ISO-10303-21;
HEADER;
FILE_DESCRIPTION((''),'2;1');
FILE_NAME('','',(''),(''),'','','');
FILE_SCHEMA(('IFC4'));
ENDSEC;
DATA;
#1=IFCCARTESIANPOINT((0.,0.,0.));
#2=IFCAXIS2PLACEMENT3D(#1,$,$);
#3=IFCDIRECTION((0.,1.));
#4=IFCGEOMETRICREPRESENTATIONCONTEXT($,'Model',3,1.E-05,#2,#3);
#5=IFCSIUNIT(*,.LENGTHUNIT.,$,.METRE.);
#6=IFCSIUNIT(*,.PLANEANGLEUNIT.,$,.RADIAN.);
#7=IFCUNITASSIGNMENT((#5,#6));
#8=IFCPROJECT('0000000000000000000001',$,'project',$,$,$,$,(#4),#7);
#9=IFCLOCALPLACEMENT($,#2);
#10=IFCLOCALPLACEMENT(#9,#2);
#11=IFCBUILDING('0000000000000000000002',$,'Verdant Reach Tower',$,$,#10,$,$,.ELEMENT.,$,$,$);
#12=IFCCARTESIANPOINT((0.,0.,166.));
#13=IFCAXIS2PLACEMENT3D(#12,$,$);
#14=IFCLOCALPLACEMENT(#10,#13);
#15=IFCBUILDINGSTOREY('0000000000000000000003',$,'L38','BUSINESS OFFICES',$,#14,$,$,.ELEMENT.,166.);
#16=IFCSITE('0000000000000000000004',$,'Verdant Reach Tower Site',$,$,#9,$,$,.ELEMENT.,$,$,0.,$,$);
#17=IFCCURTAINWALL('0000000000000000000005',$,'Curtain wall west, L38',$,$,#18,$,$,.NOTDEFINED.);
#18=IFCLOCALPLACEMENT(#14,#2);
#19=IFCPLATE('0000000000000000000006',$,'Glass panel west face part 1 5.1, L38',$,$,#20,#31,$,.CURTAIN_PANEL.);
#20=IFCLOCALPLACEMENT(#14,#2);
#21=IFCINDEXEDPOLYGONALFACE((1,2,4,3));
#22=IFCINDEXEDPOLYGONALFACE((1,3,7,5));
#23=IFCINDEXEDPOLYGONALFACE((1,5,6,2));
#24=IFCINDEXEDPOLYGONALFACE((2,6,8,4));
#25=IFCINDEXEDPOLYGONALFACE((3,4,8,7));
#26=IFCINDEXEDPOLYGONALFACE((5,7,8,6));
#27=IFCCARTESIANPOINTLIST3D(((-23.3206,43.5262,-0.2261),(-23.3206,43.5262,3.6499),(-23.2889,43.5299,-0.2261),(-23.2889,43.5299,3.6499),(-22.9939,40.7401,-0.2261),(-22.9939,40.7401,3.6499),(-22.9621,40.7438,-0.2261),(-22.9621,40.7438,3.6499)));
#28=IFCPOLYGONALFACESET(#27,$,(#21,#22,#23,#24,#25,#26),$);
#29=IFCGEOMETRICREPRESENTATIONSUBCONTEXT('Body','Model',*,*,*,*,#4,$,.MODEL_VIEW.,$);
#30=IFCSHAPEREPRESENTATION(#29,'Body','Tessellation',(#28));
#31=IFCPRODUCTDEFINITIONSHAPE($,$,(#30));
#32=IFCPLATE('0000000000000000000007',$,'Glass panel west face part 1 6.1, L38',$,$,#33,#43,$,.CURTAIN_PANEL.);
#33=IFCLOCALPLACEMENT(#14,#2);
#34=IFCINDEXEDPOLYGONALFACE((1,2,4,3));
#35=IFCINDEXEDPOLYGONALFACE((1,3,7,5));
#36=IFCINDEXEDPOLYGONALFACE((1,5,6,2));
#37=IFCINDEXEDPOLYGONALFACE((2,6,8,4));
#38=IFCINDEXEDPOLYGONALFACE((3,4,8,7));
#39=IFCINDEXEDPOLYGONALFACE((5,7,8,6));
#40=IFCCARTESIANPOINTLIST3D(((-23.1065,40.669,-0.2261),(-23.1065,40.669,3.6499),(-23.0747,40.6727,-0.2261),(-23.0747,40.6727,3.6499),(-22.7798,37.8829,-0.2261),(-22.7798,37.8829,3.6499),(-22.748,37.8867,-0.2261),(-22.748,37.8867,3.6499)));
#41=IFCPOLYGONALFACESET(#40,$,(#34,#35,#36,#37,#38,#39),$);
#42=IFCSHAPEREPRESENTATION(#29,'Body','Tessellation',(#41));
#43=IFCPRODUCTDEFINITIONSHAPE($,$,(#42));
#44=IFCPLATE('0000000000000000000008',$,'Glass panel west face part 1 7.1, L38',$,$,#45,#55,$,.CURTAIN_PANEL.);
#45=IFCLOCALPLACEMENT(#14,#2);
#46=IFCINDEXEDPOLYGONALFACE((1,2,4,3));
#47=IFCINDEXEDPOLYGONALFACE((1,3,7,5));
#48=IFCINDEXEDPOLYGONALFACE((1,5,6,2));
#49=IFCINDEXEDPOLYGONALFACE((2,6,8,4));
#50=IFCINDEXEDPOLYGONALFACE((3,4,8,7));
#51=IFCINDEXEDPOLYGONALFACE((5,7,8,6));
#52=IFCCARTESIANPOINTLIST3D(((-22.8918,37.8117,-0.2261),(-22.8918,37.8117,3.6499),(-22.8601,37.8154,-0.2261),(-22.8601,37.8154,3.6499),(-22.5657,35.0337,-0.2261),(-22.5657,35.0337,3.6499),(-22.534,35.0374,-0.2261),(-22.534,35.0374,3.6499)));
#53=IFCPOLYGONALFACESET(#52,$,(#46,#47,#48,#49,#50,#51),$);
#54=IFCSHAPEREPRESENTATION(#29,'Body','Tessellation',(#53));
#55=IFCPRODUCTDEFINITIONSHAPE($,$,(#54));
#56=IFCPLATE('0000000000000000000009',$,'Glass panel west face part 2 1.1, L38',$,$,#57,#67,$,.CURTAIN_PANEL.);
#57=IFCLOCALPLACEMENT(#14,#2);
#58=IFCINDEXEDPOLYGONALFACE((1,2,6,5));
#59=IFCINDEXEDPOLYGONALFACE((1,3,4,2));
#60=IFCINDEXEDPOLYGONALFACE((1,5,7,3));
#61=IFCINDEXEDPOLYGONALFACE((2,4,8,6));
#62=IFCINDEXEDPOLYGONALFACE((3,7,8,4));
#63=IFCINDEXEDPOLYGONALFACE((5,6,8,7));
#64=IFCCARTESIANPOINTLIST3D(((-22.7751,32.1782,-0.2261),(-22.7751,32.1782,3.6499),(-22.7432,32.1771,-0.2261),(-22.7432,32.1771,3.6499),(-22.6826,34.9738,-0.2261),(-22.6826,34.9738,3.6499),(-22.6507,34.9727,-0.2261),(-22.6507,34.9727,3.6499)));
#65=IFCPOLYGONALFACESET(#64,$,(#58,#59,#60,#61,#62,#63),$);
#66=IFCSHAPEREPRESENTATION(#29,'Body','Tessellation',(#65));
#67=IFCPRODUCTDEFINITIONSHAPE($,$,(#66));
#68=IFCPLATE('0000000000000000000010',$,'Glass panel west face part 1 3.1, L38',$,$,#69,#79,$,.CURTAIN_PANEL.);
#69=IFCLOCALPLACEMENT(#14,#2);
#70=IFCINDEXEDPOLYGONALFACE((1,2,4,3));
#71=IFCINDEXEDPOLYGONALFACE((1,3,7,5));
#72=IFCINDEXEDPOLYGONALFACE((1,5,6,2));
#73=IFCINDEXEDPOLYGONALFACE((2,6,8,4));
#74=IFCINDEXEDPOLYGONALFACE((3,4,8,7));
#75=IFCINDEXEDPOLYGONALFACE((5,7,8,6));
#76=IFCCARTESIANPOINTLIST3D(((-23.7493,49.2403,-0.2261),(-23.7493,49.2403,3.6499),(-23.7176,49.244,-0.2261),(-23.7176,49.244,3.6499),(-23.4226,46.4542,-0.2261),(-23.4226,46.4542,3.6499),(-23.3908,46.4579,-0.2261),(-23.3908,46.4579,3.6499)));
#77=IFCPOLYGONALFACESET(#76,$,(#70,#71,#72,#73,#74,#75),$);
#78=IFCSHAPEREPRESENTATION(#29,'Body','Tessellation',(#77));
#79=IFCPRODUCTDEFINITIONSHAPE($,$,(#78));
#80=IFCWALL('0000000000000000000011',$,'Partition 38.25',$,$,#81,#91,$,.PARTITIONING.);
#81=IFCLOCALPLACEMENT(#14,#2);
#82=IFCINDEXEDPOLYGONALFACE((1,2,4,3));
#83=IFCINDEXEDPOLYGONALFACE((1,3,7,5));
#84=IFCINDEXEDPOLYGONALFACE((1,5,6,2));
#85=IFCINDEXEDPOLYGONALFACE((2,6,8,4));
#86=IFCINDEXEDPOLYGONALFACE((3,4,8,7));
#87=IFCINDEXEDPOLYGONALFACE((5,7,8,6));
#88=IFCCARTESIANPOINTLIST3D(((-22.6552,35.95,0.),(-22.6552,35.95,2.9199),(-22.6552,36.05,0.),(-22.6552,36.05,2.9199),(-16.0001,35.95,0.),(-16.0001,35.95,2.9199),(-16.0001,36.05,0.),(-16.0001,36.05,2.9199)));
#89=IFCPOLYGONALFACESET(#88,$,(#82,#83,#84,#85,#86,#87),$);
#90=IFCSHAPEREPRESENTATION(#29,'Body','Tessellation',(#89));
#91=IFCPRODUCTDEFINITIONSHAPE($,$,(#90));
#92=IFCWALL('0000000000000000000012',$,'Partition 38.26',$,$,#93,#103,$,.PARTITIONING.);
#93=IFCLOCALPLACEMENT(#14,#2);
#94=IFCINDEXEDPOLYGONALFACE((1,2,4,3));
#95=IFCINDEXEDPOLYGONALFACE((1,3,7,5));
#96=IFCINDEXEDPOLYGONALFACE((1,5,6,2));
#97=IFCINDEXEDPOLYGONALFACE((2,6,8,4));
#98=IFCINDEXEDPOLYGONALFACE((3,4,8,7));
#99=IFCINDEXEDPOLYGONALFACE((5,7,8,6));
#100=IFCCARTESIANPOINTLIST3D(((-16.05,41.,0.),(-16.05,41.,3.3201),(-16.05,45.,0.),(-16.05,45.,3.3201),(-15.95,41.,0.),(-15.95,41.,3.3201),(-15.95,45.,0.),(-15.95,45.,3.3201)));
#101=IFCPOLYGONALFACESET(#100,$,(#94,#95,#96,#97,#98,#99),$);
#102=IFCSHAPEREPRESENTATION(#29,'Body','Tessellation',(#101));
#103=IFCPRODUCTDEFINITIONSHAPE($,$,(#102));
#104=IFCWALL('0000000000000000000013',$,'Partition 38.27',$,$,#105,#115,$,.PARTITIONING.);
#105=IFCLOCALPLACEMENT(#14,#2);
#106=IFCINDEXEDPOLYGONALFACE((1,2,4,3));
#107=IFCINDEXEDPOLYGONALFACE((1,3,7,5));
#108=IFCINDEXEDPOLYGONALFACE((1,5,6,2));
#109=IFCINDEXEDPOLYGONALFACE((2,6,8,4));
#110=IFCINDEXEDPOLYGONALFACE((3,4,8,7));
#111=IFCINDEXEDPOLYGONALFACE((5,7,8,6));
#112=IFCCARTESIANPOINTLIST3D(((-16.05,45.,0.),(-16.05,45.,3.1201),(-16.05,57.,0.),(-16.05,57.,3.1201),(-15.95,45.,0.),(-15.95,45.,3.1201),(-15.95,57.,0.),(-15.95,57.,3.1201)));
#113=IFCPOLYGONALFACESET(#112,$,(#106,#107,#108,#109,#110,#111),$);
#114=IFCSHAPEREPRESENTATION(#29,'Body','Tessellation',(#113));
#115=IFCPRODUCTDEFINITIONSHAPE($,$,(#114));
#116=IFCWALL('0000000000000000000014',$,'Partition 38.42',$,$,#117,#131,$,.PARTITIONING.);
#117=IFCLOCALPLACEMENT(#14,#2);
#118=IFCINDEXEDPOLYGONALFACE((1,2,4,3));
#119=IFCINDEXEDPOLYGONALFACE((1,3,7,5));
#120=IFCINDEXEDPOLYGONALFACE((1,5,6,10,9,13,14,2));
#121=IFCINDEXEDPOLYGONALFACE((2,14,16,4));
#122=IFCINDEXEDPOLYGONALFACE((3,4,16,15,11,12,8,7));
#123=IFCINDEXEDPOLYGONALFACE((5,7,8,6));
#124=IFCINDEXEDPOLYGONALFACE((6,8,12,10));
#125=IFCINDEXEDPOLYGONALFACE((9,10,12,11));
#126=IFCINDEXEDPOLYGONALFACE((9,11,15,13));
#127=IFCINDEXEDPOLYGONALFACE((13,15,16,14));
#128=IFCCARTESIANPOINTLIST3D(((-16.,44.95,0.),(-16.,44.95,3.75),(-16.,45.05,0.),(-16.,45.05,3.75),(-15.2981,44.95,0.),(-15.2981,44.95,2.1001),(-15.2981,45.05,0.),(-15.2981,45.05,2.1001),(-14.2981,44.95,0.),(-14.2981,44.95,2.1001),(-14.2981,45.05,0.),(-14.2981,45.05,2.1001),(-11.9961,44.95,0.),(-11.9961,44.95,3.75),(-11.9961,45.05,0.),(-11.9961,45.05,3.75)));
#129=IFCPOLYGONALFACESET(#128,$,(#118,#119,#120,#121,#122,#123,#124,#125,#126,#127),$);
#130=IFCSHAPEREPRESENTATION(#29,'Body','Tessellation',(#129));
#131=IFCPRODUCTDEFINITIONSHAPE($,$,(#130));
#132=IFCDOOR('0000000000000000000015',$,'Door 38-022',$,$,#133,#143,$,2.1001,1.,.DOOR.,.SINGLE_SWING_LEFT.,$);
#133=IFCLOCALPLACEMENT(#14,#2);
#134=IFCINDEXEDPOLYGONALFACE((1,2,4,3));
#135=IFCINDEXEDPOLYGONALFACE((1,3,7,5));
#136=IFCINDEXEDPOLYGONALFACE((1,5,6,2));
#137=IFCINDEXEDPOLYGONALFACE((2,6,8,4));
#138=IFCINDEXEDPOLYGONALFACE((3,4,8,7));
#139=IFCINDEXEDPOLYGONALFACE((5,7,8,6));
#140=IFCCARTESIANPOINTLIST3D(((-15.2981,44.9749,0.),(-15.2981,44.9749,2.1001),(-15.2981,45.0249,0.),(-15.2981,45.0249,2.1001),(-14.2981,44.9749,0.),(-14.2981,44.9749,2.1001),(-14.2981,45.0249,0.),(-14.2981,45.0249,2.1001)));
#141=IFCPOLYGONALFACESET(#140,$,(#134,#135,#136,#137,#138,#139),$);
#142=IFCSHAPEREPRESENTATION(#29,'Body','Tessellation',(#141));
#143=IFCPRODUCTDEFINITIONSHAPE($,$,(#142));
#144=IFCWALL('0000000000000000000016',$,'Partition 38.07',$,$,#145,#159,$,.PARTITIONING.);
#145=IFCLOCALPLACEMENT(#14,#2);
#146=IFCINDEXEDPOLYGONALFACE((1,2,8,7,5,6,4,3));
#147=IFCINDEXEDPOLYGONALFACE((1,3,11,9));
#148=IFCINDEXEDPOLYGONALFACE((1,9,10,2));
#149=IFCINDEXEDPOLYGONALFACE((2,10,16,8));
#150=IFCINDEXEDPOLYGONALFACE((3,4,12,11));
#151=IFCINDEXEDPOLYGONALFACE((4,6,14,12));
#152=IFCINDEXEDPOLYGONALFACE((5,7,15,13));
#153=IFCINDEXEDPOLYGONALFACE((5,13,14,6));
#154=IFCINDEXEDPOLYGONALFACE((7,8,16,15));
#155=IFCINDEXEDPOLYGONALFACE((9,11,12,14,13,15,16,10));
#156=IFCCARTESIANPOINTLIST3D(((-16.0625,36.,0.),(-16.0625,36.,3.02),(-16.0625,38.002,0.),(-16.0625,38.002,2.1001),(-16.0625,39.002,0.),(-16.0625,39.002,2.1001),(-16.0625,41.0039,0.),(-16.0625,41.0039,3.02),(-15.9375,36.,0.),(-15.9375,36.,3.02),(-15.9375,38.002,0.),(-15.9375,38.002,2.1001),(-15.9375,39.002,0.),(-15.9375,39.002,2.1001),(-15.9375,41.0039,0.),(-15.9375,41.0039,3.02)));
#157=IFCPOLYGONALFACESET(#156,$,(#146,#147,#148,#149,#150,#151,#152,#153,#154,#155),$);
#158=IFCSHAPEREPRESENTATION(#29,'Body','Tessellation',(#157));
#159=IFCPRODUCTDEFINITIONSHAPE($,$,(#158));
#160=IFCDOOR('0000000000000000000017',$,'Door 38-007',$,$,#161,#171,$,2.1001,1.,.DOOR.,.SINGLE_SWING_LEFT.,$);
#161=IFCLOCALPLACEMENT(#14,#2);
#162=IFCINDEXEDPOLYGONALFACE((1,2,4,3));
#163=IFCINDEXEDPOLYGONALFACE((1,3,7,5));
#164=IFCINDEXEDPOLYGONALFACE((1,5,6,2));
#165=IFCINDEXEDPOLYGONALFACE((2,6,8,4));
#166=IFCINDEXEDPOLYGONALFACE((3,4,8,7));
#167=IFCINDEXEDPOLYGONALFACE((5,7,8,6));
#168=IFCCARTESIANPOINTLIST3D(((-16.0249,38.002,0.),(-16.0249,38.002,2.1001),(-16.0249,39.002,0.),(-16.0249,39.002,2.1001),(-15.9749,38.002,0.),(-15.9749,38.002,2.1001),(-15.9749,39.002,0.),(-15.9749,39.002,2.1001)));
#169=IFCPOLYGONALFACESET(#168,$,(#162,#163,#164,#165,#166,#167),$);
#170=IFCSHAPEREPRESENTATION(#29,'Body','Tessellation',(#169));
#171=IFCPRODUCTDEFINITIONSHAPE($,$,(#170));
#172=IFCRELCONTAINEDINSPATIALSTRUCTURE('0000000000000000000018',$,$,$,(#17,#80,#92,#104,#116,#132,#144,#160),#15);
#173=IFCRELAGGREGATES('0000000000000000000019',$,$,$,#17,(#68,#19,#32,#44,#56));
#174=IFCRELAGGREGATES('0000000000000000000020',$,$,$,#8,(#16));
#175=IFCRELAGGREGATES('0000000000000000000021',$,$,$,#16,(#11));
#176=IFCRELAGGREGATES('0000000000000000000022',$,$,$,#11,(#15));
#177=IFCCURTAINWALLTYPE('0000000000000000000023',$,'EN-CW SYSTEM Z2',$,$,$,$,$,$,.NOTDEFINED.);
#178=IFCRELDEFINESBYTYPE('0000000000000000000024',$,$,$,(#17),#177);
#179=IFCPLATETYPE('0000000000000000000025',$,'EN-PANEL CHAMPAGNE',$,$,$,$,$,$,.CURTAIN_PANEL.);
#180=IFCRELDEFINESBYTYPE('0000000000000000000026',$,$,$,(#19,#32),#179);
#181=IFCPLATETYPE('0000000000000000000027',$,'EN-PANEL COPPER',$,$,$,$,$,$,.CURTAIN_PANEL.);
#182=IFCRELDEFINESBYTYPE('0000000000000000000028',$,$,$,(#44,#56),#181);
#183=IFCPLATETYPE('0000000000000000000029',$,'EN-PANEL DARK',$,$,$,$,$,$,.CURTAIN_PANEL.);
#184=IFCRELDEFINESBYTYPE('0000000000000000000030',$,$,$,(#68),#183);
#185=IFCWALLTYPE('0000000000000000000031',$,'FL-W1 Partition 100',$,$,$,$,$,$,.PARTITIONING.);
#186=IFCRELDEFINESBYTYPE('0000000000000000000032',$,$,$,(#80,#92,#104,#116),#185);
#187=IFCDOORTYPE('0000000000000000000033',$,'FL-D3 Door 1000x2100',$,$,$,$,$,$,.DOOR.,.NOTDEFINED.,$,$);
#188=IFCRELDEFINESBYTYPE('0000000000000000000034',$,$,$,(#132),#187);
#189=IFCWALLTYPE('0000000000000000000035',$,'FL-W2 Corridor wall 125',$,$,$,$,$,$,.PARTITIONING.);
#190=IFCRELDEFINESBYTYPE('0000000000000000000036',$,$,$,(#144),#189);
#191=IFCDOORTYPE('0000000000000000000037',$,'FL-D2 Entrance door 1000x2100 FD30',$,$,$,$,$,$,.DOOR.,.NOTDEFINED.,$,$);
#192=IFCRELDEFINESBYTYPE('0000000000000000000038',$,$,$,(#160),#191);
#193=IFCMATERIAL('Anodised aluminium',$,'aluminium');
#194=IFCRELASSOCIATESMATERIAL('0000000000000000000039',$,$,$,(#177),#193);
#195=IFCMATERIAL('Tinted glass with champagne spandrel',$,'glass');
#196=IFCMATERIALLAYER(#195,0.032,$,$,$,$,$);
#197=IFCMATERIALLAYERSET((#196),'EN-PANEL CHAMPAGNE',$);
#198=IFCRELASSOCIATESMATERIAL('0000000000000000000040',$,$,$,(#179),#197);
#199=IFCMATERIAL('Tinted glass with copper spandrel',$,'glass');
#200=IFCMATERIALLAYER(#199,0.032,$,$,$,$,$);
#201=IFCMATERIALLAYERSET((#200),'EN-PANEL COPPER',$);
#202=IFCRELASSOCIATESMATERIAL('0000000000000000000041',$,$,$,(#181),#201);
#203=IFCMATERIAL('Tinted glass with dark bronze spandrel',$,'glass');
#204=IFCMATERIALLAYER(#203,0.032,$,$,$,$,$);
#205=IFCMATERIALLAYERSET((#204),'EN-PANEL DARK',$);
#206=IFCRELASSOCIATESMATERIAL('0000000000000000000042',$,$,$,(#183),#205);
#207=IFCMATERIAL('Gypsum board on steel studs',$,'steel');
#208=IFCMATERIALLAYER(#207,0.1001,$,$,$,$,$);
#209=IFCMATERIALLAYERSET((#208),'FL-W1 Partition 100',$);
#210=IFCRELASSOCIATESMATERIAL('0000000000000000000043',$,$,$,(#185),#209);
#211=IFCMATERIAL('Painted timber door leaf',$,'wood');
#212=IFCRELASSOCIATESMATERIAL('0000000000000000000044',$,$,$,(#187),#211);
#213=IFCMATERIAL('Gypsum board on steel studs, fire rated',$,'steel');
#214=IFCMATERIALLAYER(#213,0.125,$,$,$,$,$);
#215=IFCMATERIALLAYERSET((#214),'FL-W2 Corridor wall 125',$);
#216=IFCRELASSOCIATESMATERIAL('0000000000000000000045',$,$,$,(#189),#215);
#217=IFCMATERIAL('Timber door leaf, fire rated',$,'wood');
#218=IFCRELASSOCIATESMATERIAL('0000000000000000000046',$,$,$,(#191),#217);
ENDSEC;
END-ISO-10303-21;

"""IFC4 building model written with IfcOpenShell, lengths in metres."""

from ifc_helpers import new_model, si_unit, direction, frame, frame_2d, origin, origin_2d, place, context, subcontext, project, spatial, rectangle, extrude, material, layer, layer_set, type_object, element, fill, aggregate, save


model = new_model("IFC4")

# Units and contexts
model_context = context("Model", 3, precision=1e-05, world=origin(), true_north=direction((0.0, 1.0)))
body_context = subcontext(model_context, "Body", "Model", "MODEL_VIEW")
ifc_project = project(units=[si_unit("LENGTHUNIT", "METRE"), si_unit("PLANEANGLEUNIT", "RADIAN")], contexts=[model_context])

# Site, building, storey
site_placement = place(None, origin())
site = spatial("IfcSite", under=ifc_project, at=site_placement, Name="Verdant Reach Tower Site", CompositionType="ELEMENT", RefElevation=0.0)
building_placement = place(site_placement, origin())
building = spatial("IfcBuilding", under=site, at=building_placement, Name="Verdant Reach Tower", CompositionType="ELEMENT")
storey_placement = place(building_placement, frame((0.0, 0.0, 166.0)))
storey = spatial("IfcBuildingStorey", under=building, at=storey_placement, Name="L38", Description="BUSINESS OFFICES", CompositionType="ELEMENT", Elevation=166.0)

# Curtain wall
ifc_material_1 = material(Name="Anodised aluminium", Category="aluminium")
curtain_wall_type = type_object("IfcCurtainWallType", Name="EN-CW SYSTEM Z2", PredefinedType="NOTDEFINED", material=ifc_material_1)
curtain_wall_placement = place(storey_placement, origin())
curtain_wall = element("IfcCurtainWall", 1, at=curtain_wall_placement, inside=storey, type_object=curtain_wall_type, Name="Curtain wall west, L38", PredefinedType="NOTDEFINED")

# Plates
ifc_material_2 = material(Name="Tinted glass with champagne spandrel", Category="glass")
ifc_layer_1 = layer(ifc_material_2, 0.032)
ifc_layer_set_1 = layer_set([ifc_layer_1], Name="EN-PANEL CHAMPAGNE")
plate_type_1 = type_object("IfcPlateType", Name="EN-PANEL CHAMPAGNE", PredefinedType="CURTAIN_PANEL", material=ifc_layer_set_1)
plate_1_placement = place(storey_placement, frame((-23.1414, 42.135, -0.2261), z_axis=(0.0, 0.0, 1.0), x_axis=(0.116483, -0.993193, 0.0)))
plate_1 = element("IfcPlate", 2, at=plate_1_placement, type_object=plate_type_1, Name="Glass panel west face part 1 5.1, L38", PredefinedType="CURTAIN_PANEL", context=body_context, shape_type="SweptSolid", body=[
    extrude(rectangle(XDim=2.8052, YDim=0.032, at=origin_2d()), origin(), (0.0, 0.0, 1.0), 3.876),
])
plate_2_placement = place(storey_placement, frame((-22.9272, 39.2778, -0.2261), z_axis=(0.0, 0.0, 1.0), x_axis=(0.116483, -0.993193, 0.0)))
plate_2 = element("IfcPlate", 3, at=plate_2_placement, type_object=plate_type_1, Name="Glass panel west face part 1 6.1, L38", PredefinedType="CURTAIN_PANEL", context=body_context, shape_type="SweptSolid", body=[
    extrude(rectangle(XDim=2.8052, YDim=0.032, at=origin_2d()), origin(), (0.0, 0.0, 1.0), 3.876),
])
ifc_material_3 = material(Name="Tinted glass with copper spandrel", Category="glass")
ifc_layer_2 = layer(ifc_material_3, 0.032)
ifc_layer_set_2 = layer_set([ifc_layer_2], Name="EN-PANEL COPPER")
plate_type_2 = type_object("IfcPlateType", Name="EN-PANEL COPPER", PredefinedType="CURTAIN_PANEL", material=ifc_layer_set_2)
plate_3_placement = place(storey_placement, frame((-22.7129, 36.4246, -0.2261), z_axis=(0.0, 0.0, 1.0), x_axis=(0.116586, -0.993181, 0.0)))
plate_3 = element("IfcPlate", 4, at=plate_3_placement, type_object=plate_type_2, Name="Glass panel west face part 1 7.1, L38", PredefinedType="CURTAIN_PANEL", context=body_context, shape_type="SweptSolid", body=[
    extrude(rectangle(XDim=2.7971, YDim=0.032, at=origin_2d()), origin(), (0.0, 0.0, 1.0), 3.876),
])
plate_4_placement = place(storey_placement, frame((-22.7129, 33.5754, -0.2261), z_axis=(0.0, 0.0, 1.0), x_axis=(-0.03307, -0.999453, 0.0)))
plate_4 = element("IfcPlate", 5, at=plate_4_placement, type_object=plate_type_2, Name="Glass panel west face part 2 1.1, L38", PredefinedType="CURTAIN_PANEL", context=body_context, shape_type="SweptSolid", body=[
    extrude(rectangle(XDim=2.7971, YDim=0.032, at=origin_2d()), origin(), (0.0, 0.0, 1.0), 3.876),
])
ifc_material_4 = material(Name="Tinted glass with dark bronze spandrel", Category="glass")
ifc_layer_3 = layer(ifc_material_4, 0.032)
ifc_layer_set_3 = layer_set([ifc_layer_3], Name="EN-PANEL DARK")
plate_type_3 = type_object("IfcPlateType", Name="EN-PANEL DARK", PredefinedType="CURTAIN_PANEL", material=ifc_layer_set_3)
plate_5_placement = place(storey_placement, frame((-23.5701, 47.8491, -0.2261), z_axis=(0.0, 0.0, 1.0), x_axis=(0.116483, -0.993193, 0.0)))
plate_5 = element("IfcPlate", 6, at=plate_5_placement, type_object=plate_type_3, Name="Glass panel west face part 1 3.1, L38", PredefinedType="CURTAIN_PANEL", context=body_context, shape_type="SweptSolid", body=[
    extrude(rectangle(XDim=2.8052, YDim=0.032, at=origin_2d()), origin(), (0.0, 0.0, 1.0), 3.876),
])
aggregate(curtain_wall, [plate_5, plate_1, plate_2, plate_3, plate_4])

# Walls
ifc_material_5 = material(Name="Gypsum board on steel studs", Category="steel")
ifc_layer_4 = layer(ifc_material_5, 0.1001)
ifc_layer_set_4 = layer_set([ifc_layer_4], Name="FL-W1 Partition 100")
wall_type_1 = type_object("IfcWallType", Name="FL-W1 Partition 100", PredefinedType="PARTITIONING", material=ifc_layer_set_4)
wall_1_placement = place(storey_placement, frame((-16.0, 36.0, 0.0), z_axis=(0.0, 0.0, 1.0), x_axis=(-1.0, 0.0, 0.0)))
element("IfcWall", 7, at=wall_1_placement, inside=storey, type_object=wall_type_1, Name="Partition 38.25", PredefinedType="PARTITIONING", context=body_context, shape_type="SweptSolid", body=[
    extrude(rectangle(XDim=6.655, YDim=0.1001, at=frame_2d((3.3276, 0.0))), origin(), (0.0, 0.0, 1.0), 2.9199),
])
wall_2_placement = place(storey_placement, frame((-16.0, 41.0, 0.0), z_axis=(0.0, 0.0, 1.0), x_axis=(0.0, 1.0, 0.0)))
element("IfcWall", 8, at=wall_2_placement, inside=storey, type_object=wall_type_1, Name="Partition 38.26", PredefinedType="PARTITIONING", context=body_context, shape_type="SweptSolid", body=[
    extrude(rectangle(XDim=4.0, YDim=0.1001, at=frame_2d((2.0, 0.0))), origin(), (0.0, 0.0, 1.0), 3.3201),
])
wall_3_placement = place(storey_placement, frame((-16.0, 45.0, 0.0), z_axis=(0.0, 0.0, 1.0), x_axis=(0.0, 1.0, 0.0)))
element("IfcWall", 9, at=wall_3_placement, inside=storey, type_object=wall_type_1, Name="Partition 38.27", PredefinedType="PARTITIONING", context=body_context, shape_type="SweptSolid", body=[
    extrude(rectangle(XDim=12.0, YDim=0.1001, at=frame_2d((6.0, 0.0))), origin(), (0.0, 0.0, 1.0), 3.1201),
])

# Walls, openings, doors
wall_4_placement = place(storey_placement, frame((-16.0, 45.0, 0.0), z_axis=(0.0, 0.0, 1.0), x_axis=(1.0, 0.0, 0.0)))
wall_4 = element("IfcWall", 10, at=wall_4_placement, inside=storey, type_object=wall_type_1, Name="Partition 38.42", PredefinedType="PARTITIONING", context=body_context, shape_type="SweptSolid", body=[
    extrude(rectangle(XDim=4.0039, YDim=0.1001, at=frame_2d((2.002, 0.0))), origin(), (0.0, 0.0, 1.0), 3.75),
])
opening_1_placement = place(wall_4_placement, frame((0.7019, 0.0, 0.0)))
opening_1 = element("IfcOpeningElement", 11, at=opening_1_placement, cuts=wall_4, PredefinedType="OPENING", context=body_context, shape_type="SweptSolid", body=[
    extrude(rectangle(XDim=1.0, YDim=2.1001, at=frame_2d((0.5, 1.05))), frame((0.0, 0.0601, 0.0), z_axis=(0.0, -1.0, 0.0), x_axis=(1.0, 0.0, 0.0)), (0.0, 0.0, 1.0), 0.1201),
])
ifc_material_6 = material(Name="Painted timber door leaf", Category="wood")
door_type_1 = type_object("IfcDoorType", Name="FL-D3 Door 1000x2100", OperationType="NOTDEFINED", PredefinedType="DOOR", material=ifc_material_6)
door_1_placement = place(opening_1_placement, origin())
door_1 = element("IfcDoor", 12, at=door_1_placement, inside=storey, type_object=door_type_1, Name="Door 38-022", OperationType="SINGLE_SWING_LEFT", OverallHeight=2.1001, OverallWidth=1.0, PredefinedType="DOOR", context=body_context, shape_type="SweptSolid", body=[
    extrude(rectangle(XDim=1.0, YDim=2.1001, at=frame_2d((0.5, 1.05))), frame((0.0, 0.0249, 0.0), z_axis=(0.0, -1.0, 0.0), x_axis=(1.0, 0.0, 0.0)), (0.0, 0.0, 1.0), 0.05),
])
fill(opening_1, door_1)
ifc_material_7 = material(Name="Gypsum board on steel studs, fire rated", Category="steel")
ifc_layer_5 = layer(ifc_material_7, 0.125)
ifc_layer_set_5 = layer_set([ifc_layer_5], Name="FL-W2 Corridor wall 125")
wall_type_2 = type_object("IfcWallType", Name="FL-W2 Corridor wall 125", PredefinedType="PARTITIONING", material=ifc_layer_set_5)
wall_5_placement = place(storey_placement, frame((-16.0, 36.0, 0.0), z_axis=(0.0, 0.0, 1.0), x_axis=(0.0, 1.0, 0.0)))
wall_5 = element("IfcWall", 13, at=wall_5_placement, inside=storey, type_object=wall_type_2, Name="Partition 38.07", PredefinedType="PARTITIONING", context=body_context, shape_type="SweptSolid", body=[
    extrude(rectangle(XDim=5.0039, YDim=0.125, at=frame_2d((2.502, 0.0))), origin(), (0.0, 0.0, 1.0), 3.02),
])
opening_2_placement = place(wall_5_placement, frame((2.002, 0.0, 0.0)))
opening_2 = element("IfcOpeningElement", 14, at=opening_2_placement, cuts=wall_5, PredefinedType="OPENING", context=body_context, shape_type="SweptSolid", body=[
    extrude(rectangle(XDim=1.0, YDim=2.1001, at=frame_2d((0.5, 1.05))), frame((0.0, 0.0725, 0.0), z_axis=(0.0, -1.0, 0.0), x_axis=(1.0, 0.0, 0.0)), (0.0, 0.0, 1.0), 0.145),
])
ifc_material_8 = material(Name="Timber door leaf, fire rated", Category="wood")
door_type_2 = type_object("IfcDoorType", Name="FL-D2 Entrance door 1000x2100 FD30", OperationType="NOTDEFINED", PredefinedType="DOOR", material=ifc_material_8)
door_2_placement = place(opening_2_placement, origin())
door_2 = element("IfcDoor", 15, at=door_2_placement, inside=storey, type_object=door_type_2, Name="Door 38-007", OperationType="SINGLE_SWING_LEFT", OverallHeight=2.1001, OverallWidth=1.0, PredefinedType="DOOR", context=body_context, shape_type="SweptSolid", body=[
    extrude(rectangle(XDim=1.0, YDim=2.1001, at=frame_2d((0.5, 1.05))), frame((0.0, 0.0249, 0.0), z_axis=(0.0, -1.0, 0.0), x_axis=(1.0, 0.0, 0.0)), (0.0, 0.0, 1.0), 0.05),
])
fill(opening_2, door_2)

save(model, "model.ifc")
